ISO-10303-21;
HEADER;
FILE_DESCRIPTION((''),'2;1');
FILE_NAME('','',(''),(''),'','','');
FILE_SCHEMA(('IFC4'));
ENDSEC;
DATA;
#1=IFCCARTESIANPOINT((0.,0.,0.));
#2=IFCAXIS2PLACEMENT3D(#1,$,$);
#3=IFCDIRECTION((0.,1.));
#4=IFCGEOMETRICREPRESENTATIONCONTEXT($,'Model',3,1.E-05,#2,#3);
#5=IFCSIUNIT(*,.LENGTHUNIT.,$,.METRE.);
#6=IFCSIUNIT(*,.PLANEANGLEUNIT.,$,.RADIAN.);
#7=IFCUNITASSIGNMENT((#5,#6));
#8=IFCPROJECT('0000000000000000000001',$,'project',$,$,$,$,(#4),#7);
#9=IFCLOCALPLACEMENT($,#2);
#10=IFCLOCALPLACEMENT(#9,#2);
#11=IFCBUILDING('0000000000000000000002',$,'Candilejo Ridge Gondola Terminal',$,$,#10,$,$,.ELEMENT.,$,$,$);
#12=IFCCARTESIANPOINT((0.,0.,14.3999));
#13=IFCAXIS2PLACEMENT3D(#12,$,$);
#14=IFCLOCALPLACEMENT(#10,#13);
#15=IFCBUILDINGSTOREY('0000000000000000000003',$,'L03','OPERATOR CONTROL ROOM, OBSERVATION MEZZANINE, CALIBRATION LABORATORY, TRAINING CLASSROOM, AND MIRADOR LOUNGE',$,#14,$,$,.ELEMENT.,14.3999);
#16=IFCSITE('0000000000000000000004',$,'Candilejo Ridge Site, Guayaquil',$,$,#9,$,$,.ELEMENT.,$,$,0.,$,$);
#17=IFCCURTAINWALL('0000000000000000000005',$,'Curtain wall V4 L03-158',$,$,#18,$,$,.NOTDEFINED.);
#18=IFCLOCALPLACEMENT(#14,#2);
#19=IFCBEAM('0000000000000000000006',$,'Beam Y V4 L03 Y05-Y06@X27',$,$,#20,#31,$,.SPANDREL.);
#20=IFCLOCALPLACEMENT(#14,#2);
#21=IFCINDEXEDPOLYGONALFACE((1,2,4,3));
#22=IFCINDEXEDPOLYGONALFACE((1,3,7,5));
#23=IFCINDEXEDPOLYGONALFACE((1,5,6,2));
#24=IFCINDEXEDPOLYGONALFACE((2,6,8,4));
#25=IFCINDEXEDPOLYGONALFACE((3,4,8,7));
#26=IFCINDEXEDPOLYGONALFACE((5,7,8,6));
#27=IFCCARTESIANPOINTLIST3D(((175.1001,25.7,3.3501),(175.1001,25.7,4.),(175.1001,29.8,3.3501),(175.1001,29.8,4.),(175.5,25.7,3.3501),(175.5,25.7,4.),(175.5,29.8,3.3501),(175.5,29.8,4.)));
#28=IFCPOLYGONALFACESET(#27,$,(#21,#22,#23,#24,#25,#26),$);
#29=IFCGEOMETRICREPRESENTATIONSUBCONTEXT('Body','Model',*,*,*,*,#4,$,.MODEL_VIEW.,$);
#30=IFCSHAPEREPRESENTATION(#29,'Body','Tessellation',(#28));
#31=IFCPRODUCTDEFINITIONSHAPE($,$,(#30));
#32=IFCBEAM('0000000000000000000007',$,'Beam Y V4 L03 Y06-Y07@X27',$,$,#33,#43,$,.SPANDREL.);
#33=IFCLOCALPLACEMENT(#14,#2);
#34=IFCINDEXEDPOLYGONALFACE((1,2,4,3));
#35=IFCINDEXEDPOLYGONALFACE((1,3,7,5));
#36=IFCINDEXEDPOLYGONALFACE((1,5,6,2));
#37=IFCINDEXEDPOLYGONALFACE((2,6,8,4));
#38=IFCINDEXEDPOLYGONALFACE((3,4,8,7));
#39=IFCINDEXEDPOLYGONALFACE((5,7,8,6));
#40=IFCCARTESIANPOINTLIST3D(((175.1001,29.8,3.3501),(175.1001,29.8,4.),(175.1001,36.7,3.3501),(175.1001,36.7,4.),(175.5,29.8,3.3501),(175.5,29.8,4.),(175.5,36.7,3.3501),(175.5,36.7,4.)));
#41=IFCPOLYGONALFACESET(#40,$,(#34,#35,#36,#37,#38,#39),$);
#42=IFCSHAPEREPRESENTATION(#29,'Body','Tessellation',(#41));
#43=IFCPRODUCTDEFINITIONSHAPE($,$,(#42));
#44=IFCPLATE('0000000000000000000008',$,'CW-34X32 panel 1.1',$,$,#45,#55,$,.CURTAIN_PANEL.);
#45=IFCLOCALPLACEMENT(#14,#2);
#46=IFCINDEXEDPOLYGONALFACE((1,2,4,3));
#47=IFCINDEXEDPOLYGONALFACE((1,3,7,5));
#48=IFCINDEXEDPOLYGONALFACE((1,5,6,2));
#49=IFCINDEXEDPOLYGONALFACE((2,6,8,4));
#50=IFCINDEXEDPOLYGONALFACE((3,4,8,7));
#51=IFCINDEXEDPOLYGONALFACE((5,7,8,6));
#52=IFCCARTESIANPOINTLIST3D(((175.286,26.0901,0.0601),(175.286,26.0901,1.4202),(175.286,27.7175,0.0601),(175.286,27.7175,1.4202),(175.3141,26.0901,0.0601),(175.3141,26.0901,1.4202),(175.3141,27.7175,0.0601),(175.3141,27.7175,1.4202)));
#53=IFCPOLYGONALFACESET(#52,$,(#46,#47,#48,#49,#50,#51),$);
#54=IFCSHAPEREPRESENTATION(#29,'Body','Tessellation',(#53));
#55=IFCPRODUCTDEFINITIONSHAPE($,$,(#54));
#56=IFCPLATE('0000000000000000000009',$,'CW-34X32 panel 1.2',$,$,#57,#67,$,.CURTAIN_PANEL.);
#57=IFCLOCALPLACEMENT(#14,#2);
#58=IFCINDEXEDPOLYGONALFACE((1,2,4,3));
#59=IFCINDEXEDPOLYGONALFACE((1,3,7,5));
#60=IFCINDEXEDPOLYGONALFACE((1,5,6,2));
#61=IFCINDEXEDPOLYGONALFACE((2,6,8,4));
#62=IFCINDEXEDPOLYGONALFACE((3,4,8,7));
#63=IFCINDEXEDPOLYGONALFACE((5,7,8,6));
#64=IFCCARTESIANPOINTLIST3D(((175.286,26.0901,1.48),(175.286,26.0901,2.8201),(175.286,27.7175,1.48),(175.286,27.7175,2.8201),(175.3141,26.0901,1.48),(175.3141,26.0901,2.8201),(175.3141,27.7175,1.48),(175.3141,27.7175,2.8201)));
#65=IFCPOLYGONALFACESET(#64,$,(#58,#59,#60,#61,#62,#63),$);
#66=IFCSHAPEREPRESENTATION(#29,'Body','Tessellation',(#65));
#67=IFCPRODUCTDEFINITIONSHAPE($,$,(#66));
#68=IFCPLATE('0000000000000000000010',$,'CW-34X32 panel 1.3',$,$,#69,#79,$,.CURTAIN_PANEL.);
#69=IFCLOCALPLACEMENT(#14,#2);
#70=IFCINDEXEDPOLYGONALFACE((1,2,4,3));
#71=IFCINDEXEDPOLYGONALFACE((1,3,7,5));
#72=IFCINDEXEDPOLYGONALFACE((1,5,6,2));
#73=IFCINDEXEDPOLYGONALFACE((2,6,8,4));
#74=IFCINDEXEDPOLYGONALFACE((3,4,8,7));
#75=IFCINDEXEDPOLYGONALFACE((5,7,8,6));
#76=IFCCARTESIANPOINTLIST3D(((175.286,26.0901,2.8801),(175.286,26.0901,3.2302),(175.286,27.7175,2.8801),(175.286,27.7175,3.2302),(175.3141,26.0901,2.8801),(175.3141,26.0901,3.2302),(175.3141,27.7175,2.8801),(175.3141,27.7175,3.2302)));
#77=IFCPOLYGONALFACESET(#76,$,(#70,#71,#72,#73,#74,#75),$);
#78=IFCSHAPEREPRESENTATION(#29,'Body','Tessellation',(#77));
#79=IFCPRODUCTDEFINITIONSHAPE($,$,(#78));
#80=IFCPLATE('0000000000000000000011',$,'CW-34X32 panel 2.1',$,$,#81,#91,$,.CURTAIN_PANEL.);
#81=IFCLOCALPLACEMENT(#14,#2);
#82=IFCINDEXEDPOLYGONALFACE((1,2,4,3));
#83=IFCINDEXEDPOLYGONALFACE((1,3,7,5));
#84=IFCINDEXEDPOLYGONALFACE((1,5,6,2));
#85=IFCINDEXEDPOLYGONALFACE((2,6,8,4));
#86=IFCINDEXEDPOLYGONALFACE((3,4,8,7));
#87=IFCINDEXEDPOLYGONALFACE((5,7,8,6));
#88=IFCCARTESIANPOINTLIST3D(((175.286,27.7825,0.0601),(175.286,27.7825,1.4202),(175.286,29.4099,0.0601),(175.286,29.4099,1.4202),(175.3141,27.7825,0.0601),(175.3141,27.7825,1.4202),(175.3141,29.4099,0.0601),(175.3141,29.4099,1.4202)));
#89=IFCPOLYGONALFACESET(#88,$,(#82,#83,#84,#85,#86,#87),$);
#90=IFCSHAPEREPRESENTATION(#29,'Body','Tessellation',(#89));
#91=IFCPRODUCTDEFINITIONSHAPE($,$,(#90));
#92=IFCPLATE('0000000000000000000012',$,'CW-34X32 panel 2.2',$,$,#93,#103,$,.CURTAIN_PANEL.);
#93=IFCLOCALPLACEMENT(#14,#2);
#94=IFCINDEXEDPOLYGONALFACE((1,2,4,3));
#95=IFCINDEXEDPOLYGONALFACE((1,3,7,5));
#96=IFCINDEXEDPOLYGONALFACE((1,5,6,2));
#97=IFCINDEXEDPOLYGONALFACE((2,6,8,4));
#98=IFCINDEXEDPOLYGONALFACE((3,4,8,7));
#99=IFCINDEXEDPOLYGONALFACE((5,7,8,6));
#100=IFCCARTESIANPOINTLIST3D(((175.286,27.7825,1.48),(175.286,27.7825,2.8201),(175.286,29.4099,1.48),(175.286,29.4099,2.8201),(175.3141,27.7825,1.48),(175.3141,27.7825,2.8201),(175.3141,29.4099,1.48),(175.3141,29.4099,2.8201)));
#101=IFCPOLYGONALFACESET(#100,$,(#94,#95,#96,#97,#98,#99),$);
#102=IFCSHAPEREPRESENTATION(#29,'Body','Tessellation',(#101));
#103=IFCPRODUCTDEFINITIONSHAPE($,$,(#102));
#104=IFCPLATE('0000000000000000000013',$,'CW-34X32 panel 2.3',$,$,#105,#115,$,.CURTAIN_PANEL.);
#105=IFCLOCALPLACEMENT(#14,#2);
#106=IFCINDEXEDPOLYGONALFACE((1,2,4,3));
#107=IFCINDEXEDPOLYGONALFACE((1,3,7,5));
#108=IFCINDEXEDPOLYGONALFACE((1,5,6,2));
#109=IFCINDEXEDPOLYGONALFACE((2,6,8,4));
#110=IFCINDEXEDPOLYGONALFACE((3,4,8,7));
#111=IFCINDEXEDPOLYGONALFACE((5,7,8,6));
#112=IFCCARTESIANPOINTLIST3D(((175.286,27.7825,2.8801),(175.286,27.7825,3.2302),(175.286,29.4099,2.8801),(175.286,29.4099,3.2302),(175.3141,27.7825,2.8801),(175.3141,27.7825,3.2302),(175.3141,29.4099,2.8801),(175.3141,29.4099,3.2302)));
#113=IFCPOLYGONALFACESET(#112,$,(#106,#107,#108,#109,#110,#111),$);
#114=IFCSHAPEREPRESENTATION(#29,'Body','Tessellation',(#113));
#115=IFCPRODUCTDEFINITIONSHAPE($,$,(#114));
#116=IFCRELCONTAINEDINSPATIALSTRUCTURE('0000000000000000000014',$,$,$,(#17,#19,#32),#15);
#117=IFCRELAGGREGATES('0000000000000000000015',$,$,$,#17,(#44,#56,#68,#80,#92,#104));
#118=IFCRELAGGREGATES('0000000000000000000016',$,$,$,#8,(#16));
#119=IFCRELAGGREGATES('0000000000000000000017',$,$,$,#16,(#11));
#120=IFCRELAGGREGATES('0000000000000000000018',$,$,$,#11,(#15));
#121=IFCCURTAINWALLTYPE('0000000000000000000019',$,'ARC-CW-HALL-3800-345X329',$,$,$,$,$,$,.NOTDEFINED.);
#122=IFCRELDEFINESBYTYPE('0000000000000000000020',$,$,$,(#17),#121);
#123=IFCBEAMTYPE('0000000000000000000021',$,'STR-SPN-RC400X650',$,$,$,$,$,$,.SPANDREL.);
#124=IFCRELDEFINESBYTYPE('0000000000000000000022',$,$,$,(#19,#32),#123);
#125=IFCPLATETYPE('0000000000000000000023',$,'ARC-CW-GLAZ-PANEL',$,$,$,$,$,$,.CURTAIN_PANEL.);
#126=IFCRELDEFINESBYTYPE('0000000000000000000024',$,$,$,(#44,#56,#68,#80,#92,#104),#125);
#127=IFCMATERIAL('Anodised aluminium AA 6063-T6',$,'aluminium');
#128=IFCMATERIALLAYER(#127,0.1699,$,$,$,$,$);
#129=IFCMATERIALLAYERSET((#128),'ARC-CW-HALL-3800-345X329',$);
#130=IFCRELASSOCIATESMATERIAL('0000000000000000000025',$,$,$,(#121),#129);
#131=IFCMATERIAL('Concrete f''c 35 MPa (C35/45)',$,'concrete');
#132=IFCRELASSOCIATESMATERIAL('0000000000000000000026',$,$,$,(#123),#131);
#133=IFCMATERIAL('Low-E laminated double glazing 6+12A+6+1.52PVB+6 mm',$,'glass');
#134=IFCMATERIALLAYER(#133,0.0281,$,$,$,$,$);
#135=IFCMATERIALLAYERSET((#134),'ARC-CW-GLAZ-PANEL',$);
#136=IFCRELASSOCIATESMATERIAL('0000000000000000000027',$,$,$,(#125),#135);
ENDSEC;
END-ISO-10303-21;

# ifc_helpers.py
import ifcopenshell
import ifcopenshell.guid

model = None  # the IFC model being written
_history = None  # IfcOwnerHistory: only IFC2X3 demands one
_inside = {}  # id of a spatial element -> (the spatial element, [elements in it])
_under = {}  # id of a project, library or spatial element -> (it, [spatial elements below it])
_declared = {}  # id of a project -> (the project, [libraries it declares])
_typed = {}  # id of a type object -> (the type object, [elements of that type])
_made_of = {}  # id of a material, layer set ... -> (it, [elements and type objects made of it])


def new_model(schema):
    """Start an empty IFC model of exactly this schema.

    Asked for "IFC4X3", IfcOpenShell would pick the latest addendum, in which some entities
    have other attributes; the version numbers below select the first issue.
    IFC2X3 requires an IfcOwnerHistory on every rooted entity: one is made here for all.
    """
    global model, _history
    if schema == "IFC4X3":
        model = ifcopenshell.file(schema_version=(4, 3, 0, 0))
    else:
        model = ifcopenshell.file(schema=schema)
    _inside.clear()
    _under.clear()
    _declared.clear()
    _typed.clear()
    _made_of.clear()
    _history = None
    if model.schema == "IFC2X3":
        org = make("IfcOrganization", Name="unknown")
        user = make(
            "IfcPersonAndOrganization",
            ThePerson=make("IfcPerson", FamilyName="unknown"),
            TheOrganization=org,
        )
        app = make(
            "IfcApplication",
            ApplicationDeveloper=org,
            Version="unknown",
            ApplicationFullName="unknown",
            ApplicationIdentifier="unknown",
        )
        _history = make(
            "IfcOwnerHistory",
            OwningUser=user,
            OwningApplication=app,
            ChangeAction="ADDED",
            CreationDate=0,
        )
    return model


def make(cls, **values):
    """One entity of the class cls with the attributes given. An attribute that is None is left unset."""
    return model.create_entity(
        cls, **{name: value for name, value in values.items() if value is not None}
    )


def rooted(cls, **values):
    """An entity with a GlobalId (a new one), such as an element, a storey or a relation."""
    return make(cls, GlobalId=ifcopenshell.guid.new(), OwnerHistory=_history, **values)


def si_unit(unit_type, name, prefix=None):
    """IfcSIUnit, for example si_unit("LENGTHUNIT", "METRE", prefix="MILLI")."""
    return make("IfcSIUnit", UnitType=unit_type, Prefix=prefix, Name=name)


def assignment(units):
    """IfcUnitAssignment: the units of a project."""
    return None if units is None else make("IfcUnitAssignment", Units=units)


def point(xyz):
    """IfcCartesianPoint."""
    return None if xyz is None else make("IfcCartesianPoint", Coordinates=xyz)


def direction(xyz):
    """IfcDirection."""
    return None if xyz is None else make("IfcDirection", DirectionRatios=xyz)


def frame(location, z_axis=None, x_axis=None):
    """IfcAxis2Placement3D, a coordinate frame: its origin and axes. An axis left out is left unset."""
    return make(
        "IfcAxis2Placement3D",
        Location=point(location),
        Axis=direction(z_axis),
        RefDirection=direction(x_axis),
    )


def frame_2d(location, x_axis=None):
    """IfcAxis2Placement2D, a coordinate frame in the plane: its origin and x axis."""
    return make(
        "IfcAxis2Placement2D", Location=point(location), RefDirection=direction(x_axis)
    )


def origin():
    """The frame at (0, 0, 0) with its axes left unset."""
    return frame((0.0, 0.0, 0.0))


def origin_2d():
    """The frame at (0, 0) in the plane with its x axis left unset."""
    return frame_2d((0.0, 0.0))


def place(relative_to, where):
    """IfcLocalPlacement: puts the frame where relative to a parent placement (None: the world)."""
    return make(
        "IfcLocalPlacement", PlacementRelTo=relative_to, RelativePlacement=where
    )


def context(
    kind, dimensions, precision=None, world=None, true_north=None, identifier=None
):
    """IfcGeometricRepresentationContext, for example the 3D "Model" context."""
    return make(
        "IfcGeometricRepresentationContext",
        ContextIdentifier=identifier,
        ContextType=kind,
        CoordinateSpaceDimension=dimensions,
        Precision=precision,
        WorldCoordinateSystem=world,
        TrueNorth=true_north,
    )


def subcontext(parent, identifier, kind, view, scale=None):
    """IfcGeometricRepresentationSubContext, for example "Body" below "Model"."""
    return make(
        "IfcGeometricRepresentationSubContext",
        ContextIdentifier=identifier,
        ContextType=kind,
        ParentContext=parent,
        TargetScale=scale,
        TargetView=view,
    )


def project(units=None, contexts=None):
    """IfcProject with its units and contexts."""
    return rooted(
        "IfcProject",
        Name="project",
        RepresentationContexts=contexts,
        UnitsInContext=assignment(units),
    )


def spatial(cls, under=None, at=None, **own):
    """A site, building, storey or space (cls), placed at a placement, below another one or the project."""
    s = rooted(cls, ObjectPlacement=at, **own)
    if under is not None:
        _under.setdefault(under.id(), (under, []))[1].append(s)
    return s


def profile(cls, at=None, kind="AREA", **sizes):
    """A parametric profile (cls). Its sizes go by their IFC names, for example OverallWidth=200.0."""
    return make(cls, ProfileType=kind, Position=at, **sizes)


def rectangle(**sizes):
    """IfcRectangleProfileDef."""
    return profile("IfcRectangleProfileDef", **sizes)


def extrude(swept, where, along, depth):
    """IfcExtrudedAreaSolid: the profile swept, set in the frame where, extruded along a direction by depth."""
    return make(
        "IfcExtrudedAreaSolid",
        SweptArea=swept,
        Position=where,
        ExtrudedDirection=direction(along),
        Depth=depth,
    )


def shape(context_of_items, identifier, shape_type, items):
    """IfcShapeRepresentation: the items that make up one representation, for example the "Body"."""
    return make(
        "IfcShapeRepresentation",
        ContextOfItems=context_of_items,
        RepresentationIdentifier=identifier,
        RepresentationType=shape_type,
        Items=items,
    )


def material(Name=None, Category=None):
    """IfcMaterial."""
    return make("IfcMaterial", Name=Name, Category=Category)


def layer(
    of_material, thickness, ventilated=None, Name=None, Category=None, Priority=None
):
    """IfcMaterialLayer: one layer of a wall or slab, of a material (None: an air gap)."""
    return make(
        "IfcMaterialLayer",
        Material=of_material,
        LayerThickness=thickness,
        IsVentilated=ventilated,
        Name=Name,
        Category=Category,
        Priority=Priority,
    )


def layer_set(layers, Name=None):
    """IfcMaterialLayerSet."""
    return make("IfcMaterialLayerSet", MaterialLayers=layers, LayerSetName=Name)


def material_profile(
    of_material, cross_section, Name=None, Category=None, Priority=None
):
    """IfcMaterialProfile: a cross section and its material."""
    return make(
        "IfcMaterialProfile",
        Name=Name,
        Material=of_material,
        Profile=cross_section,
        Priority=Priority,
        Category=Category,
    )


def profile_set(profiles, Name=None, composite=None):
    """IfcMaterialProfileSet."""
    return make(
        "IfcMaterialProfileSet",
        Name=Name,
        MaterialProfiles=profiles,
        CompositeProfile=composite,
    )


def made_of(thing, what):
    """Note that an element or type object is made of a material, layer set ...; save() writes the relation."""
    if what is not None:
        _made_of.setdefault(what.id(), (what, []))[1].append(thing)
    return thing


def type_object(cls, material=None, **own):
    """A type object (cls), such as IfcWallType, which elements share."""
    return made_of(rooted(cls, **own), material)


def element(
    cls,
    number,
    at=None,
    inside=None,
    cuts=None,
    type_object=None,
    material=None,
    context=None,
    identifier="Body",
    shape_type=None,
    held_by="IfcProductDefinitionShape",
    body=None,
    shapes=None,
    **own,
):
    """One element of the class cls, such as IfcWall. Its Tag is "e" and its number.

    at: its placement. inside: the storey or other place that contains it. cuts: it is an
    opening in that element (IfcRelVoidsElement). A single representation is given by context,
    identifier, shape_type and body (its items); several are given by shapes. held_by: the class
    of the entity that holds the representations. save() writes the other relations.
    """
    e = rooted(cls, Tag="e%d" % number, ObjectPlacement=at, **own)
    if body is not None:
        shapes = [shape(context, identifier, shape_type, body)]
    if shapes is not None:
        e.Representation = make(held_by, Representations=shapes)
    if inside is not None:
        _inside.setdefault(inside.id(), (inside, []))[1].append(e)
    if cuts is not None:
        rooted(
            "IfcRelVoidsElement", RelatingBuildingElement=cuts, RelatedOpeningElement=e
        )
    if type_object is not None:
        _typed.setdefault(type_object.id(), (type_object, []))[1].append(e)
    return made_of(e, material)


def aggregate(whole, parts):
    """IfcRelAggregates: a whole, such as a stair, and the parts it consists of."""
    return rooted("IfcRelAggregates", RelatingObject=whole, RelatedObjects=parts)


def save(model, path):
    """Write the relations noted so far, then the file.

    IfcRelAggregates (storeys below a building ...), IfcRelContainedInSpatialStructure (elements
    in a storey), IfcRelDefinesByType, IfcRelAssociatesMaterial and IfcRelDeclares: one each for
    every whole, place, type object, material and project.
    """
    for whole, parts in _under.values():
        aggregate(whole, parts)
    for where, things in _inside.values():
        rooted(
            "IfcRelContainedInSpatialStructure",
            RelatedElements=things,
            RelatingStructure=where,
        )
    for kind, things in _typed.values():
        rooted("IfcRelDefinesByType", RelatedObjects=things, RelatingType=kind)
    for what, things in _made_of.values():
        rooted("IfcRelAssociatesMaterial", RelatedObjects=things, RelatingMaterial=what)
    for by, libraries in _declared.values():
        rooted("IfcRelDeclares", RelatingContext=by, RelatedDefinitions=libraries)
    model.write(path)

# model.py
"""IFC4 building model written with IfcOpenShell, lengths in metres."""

from ifc_helpers import new_model, si_unit, direction, frame, origin, origin_2d, place, context, subcontext, project, spatial, rectangle, extrude, material, layer, layer_set, material_profile, profile_set, type_object, element, aggregate, save


model = new_model("IFC4")

# Units and contexts
model_context = context("Model", 3, precision=1e-05, world=origin(), true_north=direction((0.0, 1.0)))
body_context = subcontext(model_context, "Body", "Model", "MODEL_VIEW")
ifc_project = project(units=[si_unit("LENGTHUNIT", "METRE"), si_unit("PLANEANGLEUNIT", "RADIAN")], contexts=[model_context])

# Site, building, storey
site_placement = place(None, origin())
site = spatial("IfcSite", under=ifc_project, at=site_placement, Name="Candilejo Ridge Site, Guayaquil", CompositionType="ELEMENT", RefElevation=0.0)
building_placement = place(site_placement, origin())
building = spatial("IfcBuilding", under=site, at=building_placement, Name="Candilejo Ridge Gondola Terminal", CompositionType="ELEMENT")
storey_placement = place(building_placement, frame((0.0, 0.0, 14.3999)))
storey = spatial("IfcBuildingStorey", under=building, at=storey_placement, Name="L03", Description="OPERATOR CONTROL ROOM, OBSERVATION MEZZANINE, CALIBRATION LABORATORY, TRAINING CLASSROOM, AND MIRADOR LOUNGE", CompositionType="ELEMENT", Elevation=14.3999)

# Curtain wall
ifc_material_1 = material(Name="Anodised aluminium AA 6063-T6", Category="aluminium")
ifc_layer_1 = layer(ifc_material_1, 0.1699)
ifc_layer_set_1 = layer_set([ifc_layer_1], Name="ARC-CW-HALL-3800-345X329")
curtain_wall_type_1 = type_object("IfcCurtainWallType", Name="ARC-CW-HALL-3800-345X329", PredefinedType="NOTDEFINED", material=ifc_layer_set_1)
curtain_wall_1_placement = place(storey_placement, origin())
curtain_wall_1 = element("IfcCurtainWall", 1, at=curtain_wall_1_placement, inside=storey, type_object=curtain_wall_type_1, Name="Curtain wall V4 L03-158", PredefinedType="NOTDEFINED")

# Beams
ifc_material_2 = material(Name="Concrete f'c 35 MPa (C35/45)", Category="concrete")
ifc_material_profile_1 = material_profile(ifc_material_2, rectangle(XDim=0.3999, YDim=0.6499, at=origin_2d()))
ifc_profile_set_1 = profile_set([ifc_material_profile_1], Name="Concrete f'c 35 MPa (C35/45)")
beam_type = type_object("IfcBeamType", Name="STR-SPN-RC400X650", PredefinedType="SPANDREL", material=ifc_profile_set_1)
beam_1_placement = place(storey_placement, frame((175.3, 25.7, 3.675), z_axis=(0.0, 1.0, 0.0), x_axis=(-1.0, 0.0, 0.0)))
element("IfcBeam", 2, at=beam_1_placement, inside=storey, type_object=beam_type, Name="Beam Y V4 L03 Y05-Y06@X27", PredefinedType="SPANDREL", context=body_context, shape_type="SweptSolid", body=[
    extrude(rectangle(XDim=0.3999, YDim=0.6499, at=origin_2d()), origin(), (0.0, 0.0, 1.0), 4.1001),
])
beam_2_placement = place(storey_placement, frame((175.3, 29.8, 3.675), z_axis=(0.0, 1.0, 0.0), x_axis=(-1.0, 0.0, 0.0)))
element("IfcBeam", 3, at=beam_2_placement, inside=storey, type_object=beam_type, Name="Beam Y V4 L03 Y06-Y07@X27", PredefinedType="SPANDREL", context=body_context, shape_type="SweptSolid", body=[
    extrude(rectangle(XDim=0.3999, YDim=0.6499, at=origin_2d()), origin(), (0.0, 0.0, 1.0), 6.8999),
])

# Plates
ifc_material_3 = material(Name="Low-E laminated double glazing 6+12A+6+1.52PVB+6 mm", Category="glass")
ifc_layer_2 = layer(ifc_material_3, 0.0281)
ifc_layer_set_2 = layer_set([ifc_layer_2], Name="ARC-CW-GLAZ-PANEL")
plate_type = type_object("IfcPlateType", Name="ARC-CW-GLAZ-PANEL", PredefinedType="CURTAIN_PANEL", material=ifc_layer_set_2)
plate_1_placement = place(storey_placement, frame((175.3, 26.9038, 0.0601), z_axis=(0.0, 0.0, 1.0), x_axis=(0.0, 1.0, 0.0)))
plate_1 = element("IfcPlate", 4, at=plate_1_placement, type_object=plate_type, Name="CW-34X32 panel 1.1", PredefinedType="CURTAIN_PANEL", context=body_context, shape_type="SweptSolid", body=[
    extrude(rectangle(XDim=1.6274, YDim=0.0281, at=origin_2d()), origin(), (0.0, 0.0, 1.0), 1.3601),
])
plate_2_placement = place(storey_placement, frame((175.3, 26.9038, 1.48), z_axis=(0.0, 0.0, 1.0), x_axis=(0.0, 1.0, 0.0)))
plate_2 = element("IfcPlate", 5, at=plate_2_placement, type_object=plate_type, Name="CW-34X32 panel 1.2", PredefinedType="CURTAIN_PANEL", context=body_context, shape_type="SweptSolid", body=[
    extrude(rectangle(XDim=1.6274, YDim=0.0281, at=origin_2d()), origin(), (0.0, 0.0, 1.0), 1.3401),
])
plate_3_placement = place(storey_placement, frame((175.3, 26.9038, 2.8801), z_axis=(0.0, 0.0, 1.0), x_axis=(0.0, 1.0, 0.0)))
plate_3 = element("IfcPlate", 6, at=plate_3_placement, type_object=plate_type, Name="CW-34X32 panel 1.3", PredefinedType="CURTAIN_PANEL", context=body_context, shape_type="SweptSolid", body=[
    extrude(rectangle(XDim=1.6274, YDim=0.0281, at=origin_2d()), origin(), (0.0, 0.0, 1.0), 0.3501),
])
plate_4_placement = place(storey_placement, frame((175.3, 28.5962, 0.0601), z_axis=(0.0, 0.0, 1.0), x_axis=(0.0, 1.0, 0.0)))
plate_4 = element("IfcPlate", 7, at=plate_4_placement, type_object=plate_type, Name="CW-34X32 panel 2.1", PredefinedType="CURTAIN_PANEL", context=body_context, shape_type="SweptSolid", body=[
    extrude(rectangle(XDim=1.6274, YDim=0.0281, at=origin_2d()), origin(), (0.0, 0.0, 1.0), 1.3601),
])
plate_5_placement = place(storey_placement, frame((175.3, 28.5962, 1.48), z_axis=(0.0, 0.0, 1.0), x_axis=(0.0, 1.0, 0.0)))
plate_5 = element("IfcPlate", 8, at=plate_5_placement, type_object=plate_type, Name="CW-34X32 panel 2.2", PredefinedType="CURTAIN_PANEL", context=body_context, shape_type="SweptSolid", body=[
    extrude(rectangle(XDim=1.6274, YDim=0.0281, at=origin_2d()), origin(), (0.0, 0.0, 1.0), 1.3401),
])
plate_6_placement = place(storey_placement, frame((175.3, 28.5962, 2.8801), z_axis=(0.0, 0.0, 1.0), x_axis=(0.0, 1.0, 0.0)))
plate_6 = element("IfcPlate", 9, at=plate_6_placement, type_object=plate_type, Name="CW-34X32 panel 2.3", PredefinedType="CURTAIN_PANEL", context=body_context, shape_type="SweptSolid", body=[
    extrude(rectangle(XDim=1.6274, YDim=0.0281, at=origin_2d()), origin(), (0.0, 0.0, 1.0), 0.3501),
])
aggregate(curtain_wall_1, [plate_1, plate_2, plate_3, plate_4, plate_5, plate_6])

save(model, "model.ifc")
